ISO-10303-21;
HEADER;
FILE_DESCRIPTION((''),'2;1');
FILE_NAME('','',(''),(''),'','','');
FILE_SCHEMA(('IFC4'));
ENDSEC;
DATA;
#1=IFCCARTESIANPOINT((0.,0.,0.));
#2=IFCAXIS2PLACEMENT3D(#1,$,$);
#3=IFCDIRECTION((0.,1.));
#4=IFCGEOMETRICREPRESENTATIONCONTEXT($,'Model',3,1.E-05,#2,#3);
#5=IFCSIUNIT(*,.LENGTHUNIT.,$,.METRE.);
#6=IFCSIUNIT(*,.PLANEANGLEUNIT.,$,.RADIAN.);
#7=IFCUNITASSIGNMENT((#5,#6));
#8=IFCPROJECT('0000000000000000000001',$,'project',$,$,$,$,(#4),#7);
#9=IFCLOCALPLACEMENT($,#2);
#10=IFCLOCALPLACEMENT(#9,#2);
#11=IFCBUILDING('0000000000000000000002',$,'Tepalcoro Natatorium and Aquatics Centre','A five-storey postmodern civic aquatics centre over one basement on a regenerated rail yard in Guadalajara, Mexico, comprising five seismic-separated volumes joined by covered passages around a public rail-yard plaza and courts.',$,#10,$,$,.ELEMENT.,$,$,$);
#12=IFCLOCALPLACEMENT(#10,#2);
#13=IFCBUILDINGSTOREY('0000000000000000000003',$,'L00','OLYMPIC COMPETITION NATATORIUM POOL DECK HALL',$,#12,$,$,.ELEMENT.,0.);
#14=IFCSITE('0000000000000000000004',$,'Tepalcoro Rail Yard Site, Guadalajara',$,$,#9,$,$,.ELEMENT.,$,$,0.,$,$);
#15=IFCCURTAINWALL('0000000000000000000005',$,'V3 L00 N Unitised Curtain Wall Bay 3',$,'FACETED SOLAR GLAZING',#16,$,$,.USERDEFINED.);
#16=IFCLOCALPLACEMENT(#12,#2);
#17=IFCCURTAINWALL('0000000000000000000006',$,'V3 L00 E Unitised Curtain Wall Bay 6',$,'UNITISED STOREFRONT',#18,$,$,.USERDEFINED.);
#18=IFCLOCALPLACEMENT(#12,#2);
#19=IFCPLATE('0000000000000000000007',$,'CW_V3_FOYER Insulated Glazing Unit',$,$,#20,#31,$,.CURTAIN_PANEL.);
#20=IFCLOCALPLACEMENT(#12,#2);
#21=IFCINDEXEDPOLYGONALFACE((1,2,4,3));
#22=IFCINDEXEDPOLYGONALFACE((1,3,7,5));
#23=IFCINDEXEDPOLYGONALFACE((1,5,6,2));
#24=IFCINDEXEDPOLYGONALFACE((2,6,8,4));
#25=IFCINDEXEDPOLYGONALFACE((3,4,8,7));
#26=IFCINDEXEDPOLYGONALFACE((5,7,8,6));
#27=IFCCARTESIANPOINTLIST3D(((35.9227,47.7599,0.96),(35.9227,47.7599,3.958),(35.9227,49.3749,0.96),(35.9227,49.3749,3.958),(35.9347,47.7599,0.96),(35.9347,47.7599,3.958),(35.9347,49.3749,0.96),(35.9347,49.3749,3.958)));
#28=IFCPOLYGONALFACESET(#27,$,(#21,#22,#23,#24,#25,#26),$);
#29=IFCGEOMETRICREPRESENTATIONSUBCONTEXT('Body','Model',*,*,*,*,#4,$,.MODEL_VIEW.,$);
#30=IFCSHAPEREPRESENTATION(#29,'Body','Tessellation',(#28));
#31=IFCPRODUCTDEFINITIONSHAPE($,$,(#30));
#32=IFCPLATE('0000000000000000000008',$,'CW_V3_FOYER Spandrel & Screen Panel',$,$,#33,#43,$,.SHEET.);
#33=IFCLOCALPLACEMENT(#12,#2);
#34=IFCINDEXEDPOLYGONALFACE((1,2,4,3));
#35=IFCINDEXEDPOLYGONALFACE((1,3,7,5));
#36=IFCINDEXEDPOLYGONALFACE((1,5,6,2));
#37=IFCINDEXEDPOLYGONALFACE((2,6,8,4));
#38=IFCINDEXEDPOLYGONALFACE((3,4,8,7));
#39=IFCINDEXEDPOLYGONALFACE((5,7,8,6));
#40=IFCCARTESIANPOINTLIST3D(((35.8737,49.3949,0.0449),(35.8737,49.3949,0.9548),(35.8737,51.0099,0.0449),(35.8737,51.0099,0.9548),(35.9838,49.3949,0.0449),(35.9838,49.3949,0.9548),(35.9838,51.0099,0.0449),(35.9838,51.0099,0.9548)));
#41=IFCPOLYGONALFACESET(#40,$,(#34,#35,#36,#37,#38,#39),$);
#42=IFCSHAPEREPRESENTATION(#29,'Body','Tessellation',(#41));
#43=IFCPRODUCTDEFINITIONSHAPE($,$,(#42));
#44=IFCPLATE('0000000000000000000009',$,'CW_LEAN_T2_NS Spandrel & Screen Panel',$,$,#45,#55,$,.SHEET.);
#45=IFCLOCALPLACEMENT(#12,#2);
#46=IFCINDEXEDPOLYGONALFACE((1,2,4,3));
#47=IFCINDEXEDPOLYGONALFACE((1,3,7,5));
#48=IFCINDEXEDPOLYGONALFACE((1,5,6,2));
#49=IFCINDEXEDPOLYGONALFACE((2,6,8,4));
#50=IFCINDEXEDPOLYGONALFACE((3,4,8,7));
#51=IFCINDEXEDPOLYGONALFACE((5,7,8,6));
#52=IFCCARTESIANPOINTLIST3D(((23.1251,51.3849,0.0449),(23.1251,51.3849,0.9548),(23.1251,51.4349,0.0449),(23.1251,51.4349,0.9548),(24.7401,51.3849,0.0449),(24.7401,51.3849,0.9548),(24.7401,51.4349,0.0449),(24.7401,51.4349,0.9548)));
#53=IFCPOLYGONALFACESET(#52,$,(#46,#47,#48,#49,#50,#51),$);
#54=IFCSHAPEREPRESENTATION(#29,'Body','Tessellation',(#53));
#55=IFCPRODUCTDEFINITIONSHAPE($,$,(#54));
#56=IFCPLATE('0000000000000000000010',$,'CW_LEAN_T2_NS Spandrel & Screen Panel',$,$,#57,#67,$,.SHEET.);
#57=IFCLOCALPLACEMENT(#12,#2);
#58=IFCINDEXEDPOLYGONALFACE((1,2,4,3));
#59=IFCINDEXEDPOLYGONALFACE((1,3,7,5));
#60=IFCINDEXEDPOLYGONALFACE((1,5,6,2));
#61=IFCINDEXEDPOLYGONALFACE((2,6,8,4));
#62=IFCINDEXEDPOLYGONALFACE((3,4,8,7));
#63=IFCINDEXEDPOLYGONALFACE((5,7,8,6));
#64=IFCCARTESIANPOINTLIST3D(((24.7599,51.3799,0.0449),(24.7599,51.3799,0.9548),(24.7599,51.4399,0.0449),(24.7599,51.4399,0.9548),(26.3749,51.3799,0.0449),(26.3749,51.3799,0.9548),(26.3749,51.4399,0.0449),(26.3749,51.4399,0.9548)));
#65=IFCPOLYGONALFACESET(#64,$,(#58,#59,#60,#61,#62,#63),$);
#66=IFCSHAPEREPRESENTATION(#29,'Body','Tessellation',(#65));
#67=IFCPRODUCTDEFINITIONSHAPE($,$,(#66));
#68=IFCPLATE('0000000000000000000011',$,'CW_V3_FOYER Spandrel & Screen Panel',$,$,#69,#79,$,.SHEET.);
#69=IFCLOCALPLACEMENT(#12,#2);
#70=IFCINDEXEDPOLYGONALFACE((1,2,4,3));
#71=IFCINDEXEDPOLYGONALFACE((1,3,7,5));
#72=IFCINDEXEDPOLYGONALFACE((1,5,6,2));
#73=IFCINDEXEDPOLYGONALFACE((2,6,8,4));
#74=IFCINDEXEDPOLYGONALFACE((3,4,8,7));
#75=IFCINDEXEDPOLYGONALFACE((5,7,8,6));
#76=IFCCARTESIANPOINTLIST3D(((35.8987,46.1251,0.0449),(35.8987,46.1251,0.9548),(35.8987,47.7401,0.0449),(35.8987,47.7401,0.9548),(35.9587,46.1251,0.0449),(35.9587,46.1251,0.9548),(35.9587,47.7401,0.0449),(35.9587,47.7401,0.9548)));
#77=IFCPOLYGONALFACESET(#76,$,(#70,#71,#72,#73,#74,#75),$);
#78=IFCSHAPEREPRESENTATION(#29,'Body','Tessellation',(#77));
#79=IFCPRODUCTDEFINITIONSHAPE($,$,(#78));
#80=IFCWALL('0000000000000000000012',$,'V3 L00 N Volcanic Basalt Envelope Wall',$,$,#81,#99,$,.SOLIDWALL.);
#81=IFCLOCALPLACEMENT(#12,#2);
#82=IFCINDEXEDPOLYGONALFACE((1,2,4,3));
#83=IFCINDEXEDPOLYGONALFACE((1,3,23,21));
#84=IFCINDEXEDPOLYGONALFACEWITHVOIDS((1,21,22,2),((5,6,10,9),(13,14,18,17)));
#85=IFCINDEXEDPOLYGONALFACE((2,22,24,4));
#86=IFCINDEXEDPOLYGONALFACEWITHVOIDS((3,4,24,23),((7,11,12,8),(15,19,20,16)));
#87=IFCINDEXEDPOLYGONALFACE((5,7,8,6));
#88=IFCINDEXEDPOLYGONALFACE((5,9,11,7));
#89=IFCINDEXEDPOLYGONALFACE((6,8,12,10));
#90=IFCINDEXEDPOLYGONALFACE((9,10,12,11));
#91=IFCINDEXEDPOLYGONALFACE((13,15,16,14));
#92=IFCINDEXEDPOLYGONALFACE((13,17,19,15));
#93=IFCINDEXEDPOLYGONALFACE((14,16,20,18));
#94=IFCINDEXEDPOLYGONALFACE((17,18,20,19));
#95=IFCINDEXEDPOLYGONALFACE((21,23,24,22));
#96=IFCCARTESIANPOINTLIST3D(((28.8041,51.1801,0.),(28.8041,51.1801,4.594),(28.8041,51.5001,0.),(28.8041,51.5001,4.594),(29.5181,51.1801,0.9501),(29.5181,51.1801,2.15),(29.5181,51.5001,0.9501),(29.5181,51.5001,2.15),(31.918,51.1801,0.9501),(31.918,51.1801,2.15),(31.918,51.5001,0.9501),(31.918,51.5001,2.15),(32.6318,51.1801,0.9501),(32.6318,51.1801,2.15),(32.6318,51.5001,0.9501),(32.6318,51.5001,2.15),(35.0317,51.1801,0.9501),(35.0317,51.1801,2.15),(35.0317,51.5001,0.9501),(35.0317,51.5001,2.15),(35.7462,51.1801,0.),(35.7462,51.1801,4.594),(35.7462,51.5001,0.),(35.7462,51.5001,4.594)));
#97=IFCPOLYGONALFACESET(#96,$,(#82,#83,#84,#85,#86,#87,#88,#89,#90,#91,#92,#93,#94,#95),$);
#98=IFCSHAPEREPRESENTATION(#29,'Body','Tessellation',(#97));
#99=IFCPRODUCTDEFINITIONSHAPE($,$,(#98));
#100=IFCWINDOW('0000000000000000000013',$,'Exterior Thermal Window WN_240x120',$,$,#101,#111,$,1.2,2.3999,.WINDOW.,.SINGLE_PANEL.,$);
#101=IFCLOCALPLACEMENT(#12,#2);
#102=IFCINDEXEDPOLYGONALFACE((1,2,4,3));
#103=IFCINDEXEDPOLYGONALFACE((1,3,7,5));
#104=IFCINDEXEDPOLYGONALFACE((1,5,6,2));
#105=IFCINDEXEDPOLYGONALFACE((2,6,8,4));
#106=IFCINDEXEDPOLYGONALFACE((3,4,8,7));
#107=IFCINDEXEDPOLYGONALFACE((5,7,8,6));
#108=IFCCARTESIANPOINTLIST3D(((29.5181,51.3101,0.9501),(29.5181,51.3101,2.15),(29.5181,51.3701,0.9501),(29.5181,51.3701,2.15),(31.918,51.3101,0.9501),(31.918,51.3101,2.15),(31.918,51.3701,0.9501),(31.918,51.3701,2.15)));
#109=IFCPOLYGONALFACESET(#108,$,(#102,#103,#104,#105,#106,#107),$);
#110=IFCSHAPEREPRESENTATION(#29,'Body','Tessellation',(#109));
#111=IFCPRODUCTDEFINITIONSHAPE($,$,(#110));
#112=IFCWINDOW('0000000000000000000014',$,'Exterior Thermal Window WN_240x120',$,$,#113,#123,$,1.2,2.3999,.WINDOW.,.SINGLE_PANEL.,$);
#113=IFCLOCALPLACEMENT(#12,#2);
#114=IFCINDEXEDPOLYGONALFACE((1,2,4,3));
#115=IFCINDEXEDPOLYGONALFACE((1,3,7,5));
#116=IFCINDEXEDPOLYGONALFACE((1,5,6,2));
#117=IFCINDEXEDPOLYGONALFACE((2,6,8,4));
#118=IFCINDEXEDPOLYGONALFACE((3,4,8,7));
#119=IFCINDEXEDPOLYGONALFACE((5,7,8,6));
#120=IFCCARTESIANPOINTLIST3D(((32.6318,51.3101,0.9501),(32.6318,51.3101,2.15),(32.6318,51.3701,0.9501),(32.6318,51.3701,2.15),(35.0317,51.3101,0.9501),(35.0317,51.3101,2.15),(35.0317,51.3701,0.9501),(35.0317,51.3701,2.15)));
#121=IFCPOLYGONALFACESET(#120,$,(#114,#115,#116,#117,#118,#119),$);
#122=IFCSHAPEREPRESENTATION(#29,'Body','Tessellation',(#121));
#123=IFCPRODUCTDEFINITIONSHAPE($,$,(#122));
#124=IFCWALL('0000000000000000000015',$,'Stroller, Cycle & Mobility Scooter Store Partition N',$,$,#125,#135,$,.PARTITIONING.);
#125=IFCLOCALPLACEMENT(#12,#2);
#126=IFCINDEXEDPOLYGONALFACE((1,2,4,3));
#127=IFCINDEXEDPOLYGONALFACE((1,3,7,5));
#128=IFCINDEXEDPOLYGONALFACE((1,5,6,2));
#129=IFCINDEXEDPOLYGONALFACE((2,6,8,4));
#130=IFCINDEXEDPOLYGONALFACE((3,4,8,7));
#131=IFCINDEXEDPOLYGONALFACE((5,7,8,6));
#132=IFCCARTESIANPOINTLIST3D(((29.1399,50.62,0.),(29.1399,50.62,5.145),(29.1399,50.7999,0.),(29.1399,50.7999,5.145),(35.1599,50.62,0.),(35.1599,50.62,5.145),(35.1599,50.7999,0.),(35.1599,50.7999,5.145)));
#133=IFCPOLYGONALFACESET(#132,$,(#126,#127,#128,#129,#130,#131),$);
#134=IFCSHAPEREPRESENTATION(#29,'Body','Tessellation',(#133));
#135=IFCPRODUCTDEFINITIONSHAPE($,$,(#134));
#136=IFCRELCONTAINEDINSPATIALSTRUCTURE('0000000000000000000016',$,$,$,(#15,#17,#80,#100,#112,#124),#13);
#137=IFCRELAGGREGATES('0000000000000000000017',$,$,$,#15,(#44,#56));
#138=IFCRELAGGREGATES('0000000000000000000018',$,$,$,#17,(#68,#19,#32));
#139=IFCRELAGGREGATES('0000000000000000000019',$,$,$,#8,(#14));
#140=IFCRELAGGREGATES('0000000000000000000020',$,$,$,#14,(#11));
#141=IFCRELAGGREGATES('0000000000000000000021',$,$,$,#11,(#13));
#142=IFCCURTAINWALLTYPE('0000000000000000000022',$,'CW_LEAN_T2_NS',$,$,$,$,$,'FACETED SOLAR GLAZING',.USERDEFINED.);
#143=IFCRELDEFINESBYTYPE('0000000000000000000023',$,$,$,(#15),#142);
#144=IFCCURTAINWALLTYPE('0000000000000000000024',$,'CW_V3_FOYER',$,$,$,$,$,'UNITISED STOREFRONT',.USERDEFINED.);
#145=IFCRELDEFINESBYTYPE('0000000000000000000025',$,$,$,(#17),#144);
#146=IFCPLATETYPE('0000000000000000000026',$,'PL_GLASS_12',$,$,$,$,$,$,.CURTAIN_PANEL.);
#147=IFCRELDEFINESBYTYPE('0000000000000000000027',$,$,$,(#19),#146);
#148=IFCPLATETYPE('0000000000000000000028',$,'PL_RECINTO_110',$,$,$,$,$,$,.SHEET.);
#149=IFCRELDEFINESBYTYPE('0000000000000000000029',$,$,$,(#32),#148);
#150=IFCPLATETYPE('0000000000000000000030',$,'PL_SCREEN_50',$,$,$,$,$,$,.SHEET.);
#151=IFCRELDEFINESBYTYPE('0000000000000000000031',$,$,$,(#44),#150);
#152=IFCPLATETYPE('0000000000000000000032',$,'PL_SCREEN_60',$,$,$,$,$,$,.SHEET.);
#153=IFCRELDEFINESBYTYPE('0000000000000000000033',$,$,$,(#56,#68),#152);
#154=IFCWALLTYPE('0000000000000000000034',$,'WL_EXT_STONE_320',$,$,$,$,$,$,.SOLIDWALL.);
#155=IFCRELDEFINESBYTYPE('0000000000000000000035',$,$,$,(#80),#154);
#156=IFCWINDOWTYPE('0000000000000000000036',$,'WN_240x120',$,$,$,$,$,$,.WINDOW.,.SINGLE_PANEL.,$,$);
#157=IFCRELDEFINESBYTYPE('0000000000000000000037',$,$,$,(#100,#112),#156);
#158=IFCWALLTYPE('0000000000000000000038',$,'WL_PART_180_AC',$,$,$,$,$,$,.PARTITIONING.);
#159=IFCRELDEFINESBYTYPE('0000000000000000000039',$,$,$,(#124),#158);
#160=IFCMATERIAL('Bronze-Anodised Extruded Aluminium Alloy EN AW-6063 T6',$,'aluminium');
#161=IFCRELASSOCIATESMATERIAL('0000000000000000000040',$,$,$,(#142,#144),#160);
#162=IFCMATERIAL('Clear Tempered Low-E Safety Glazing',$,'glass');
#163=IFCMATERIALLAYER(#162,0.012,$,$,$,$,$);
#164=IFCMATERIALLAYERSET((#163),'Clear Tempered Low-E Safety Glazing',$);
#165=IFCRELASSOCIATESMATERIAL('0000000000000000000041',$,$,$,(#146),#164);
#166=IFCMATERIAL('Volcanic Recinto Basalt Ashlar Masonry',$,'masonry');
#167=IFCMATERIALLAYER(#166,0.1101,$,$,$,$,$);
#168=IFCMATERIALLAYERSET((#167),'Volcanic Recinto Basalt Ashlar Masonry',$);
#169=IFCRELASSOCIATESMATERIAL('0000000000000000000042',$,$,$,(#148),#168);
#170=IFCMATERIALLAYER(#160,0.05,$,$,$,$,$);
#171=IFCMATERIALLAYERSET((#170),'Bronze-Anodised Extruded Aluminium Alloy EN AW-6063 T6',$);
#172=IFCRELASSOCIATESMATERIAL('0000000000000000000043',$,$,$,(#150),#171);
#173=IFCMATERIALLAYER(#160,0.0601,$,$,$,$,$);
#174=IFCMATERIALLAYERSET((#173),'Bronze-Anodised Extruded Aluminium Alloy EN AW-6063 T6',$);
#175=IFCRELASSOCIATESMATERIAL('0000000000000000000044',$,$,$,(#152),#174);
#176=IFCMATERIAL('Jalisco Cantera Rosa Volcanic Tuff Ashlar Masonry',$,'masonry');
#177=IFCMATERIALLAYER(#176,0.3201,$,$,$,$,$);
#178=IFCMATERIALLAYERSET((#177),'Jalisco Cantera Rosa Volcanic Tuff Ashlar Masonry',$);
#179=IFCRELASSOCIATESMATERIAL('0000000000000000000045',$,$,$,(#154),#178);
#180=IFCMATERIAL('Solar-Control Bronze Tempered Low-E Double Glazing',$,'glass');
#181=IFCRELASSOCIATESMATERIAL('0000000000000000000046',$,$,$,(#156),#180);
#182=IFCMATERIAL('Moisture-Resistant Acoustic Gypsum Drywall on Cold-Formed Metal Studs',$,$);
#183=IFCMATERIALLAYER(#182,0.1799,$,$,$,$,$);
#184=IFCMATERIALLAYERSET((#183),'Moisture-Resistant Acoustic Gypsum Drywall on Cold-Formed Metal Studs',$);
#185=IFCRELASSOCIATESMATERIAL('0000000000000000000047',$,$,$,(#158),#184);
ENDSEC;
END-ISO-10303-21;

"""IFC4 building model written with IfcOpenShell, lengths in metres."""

from ifc_helpers import new_model, si_unit, direction, frame, frame_2d, origin, origin_2d, place, context, subcontext, project, spatial, rectangle, extrude, material, layer, layer_set, type_object, element, fill, aggregate, save


model = new_model("IFC4")

# Units and contexts
model_context = context("Model", 3, precision=1e-05, world=origin(), true_north=direction((0.0, 1.0)))
body_context = subcontext(model_context, "Body", "Model", "MODEL_VIEW")
ifc_project = project(units=[si_unit("LENGTHUNIT", "METRE"), si_unit("PLANEANGLEUNIT", "RADIAN")], contexts=[model_context])

# Site, building, storey
site_placement = place(None, origin())
site = spatial("IfcSite", under=ifc_project, at=site_placement, Name="Tepalcoro Rail Yard Site, Guadalajara", CompositionType="ELEMENT", RefElevation=0.0)
building_placement = place(site_placement, origin())
building = spatial("IfcBuilding", under=site, at=building_placement, Name="Tepalcoro Natatorium and Aquatics Centre", Description="A five-storey postmodern civic aquatics centre over one basement on a regenerated rail yard in Guadalajara, Mexico, comprising five seismic-separated volumes joined by covered passages around a public rail-yard plaza and courts.", CompositionType="ELEMENT")
storey_placement = place(building_placement, origin())
storey = spatial("IfcBuildingStorey", under=building, at=storey_placement, Name="L00", Description="OLYMPIC COMPETITION NATATORIUM POOL DECK HALL", CompositionType="ELEMENT", Elevation=0.0)

# Curtain walls
ifc_material_1 = material(Name="Bronze-Anodised Extruded Aluminium Alloy EN AW-6063 T6", Category="aluminium")
curtain_wall_type_1 = type_object("IfcCurtainWallType", Name="CW_LEAN_T2_NS", ElementType="FACETED SOLAR GLAZING", PredefinedType="USERDEFINED", material=ifc_material_1)
curtain_wall_1_placement = place(storey_placement, origin())
curtain_wall_1 = element("IfcCurtainWall", 1, at=curtain_wall_1_placement, inside=storey, type_object=curtain_wall_type_1, Name="V3 L00 N Unitised Curtain Wall Bay 3", ObjectType="FACETED SOLAR GLAZING", PredefinedType="USERDEFINED")
curtain_wall_type_2 = type_object("IfcCurtainWallType", Name="CW_V3_FOYER", ElementType="UNITISED STOREFRONT", PredefinedType="USERDEFINED", material=ifc_material_1)
curtain_wall_2_placement = place(storey_placement, origin())
curtain_wall_2 = element("IfcCurtainWall", 2, at=curtain_wall_2_placement, inside=storey, type_object=curtain_wall_type_2, Name="V3 L00 E Unitised Curtain Wall Bay 6", ObjectType="UNITISED STOREFRONT", PredefinedType="USERDEFINED")

# Plates
ifc_material_2 = material(Name="Solar-Control Bronze Tempered Low-E Double Glazing", Category="glass")
ifc_material_3 = material(Name="Jalisco Cantera Rosa Volcanic Tuff Ashlar Masonry", Category="masonry")
ifc_material_4 = material(Name="Clear Tempered Low-E Safety Glazing", Category="glass")
ifc_layer_1 = layer(ifc_material_4, 0.012)
ifc_layer_set_1 = layer_set([ifc_layer_1], Name="Clear Tempered Low-E Safety Glazing")
plate_type_1 = type_object("IfcPlateType", Name="PL_GLASS_12", PredefinedType="CURTAIN_PANEL", material=ifc_layer_set_1)
plate_1_placement = place(storey_placement, frame((35.9287, 48.5674, 0.96), z_axis=(0.0, 0.0, 1.0), x_axis=(1.0, 0.0, 0.0)))
plate_1 = element("IfcPlate", 3, at=plate_1_placement, type_object=plate_type_1, Name="CW_V3_FOYER Insulated Glazing Unit", PredefinedType="CURTAIN_PANEL", context=body_context, shape_type="SweptSolid", body=[
    extrude(rectangle(XDim=0.012, YDim=1.615, at=origin_2d()), origin(), (0.0, 0.0, 1.0), 2.998),
])
ifc_material_5 = material(Name="Volcanic Recinto Basalt Ashlar Masonry", Category="masonry")
ifc_layer_2 = layer(ifc_material_5, 0.1101)
ifc_layer_set_2 = layer_set([ifc_layer_2], Name="Volcanic Recinto Basalt Ashlar Masonry")
plate_type_2 = type_object("IfcPlateType", Name="PL_RECINTO_110", PredefinedType="SHEET", material=ifc_layer_set_2)
plate_2_placement = place(storey_placement, frame((35.9287, 50.2024, 0.0449), z_axis=(0.0, 0.0, 1.0), x_axis=(1.0, 0.0, 0.0)))
plate_2 = element("IfcPlate", 4, at=plate_2_placement, type_object=plate_type_2, Name="CW_V3_FOYER Spandrel & Screen Panel", PredefinedType="SHEET", context=body_context, shape_type="SweptSolid", body=[
    extrude(rectangle(XDim=0.1101, YDim=1.615, at=origin_2d()), origin(), (0.0, 0.0, 1.0), 0.9099),
])
ifc_layer_3 = layer(ifc_material_1, 0.05)
ifc_layer_set_3 = layer_set([ifc_layer_3], Name="Bronze-Anodised Extruded Aluminium Alloy EN AW-6063 T6")
plate_type_3 = type_object("IfcPlateType", Name="PL_SCREEN_50", PredefinedType="SHEET", material=ifc_layer_set_3)
plate_3_placement = place(storey_placement, frame((23.9326, 51.4099, 0.0449), z_axis=(0.0, 0.0, 1.0), x_axis=(1.0, 0.0, 0.0)))
plate_3 = element("IfcPlate", 5, at=plate_3_placement, type_object=plate_type_3, Name="CW_LEAN_T2_NS Spandrel & Screen Panel", PredefinedType="SHEET", context=body_context, shape_type="SweptSolid", body=[
    extrude(rectangle(XDim=1.615, YDim=0.05, at=origin_2d()), origin(), (0.0, 0.0, 1.0), 0.9099),
])
ifc_layer_4 = layer(ifc_material_1, 0.0601)
ifc_layer_set_4 = layer_set([ifc_layer_4], Name="Bronze-Anodised Extruded Aluminium Alloy EN AW-6063 T6")
plate_type_4 = type_object("IfcPlateType", Name="PL_SCREEN_60", PredefinedType="SHEET", material=ifc_layer_set_4)
plate_4_placement = place(storey_placement, frame((25.5674, 51.4099, 0.0449), z_axis=(0.0, 0.0, 1.0), x_axis=(1.0, 0.0, 0.0)))
plate_4 = element("IfcPlate", 6, at=plate_4_placement, type_object=plate_type_4, Name="CW_LEAN_T2_NS Spandrel & Screen Panel", PredefinedType="SHEET", context=body_context, shape_type="SweptSolid", body=[
    extrude(rectangle(XDim=1.615, YDim=0.0601, at=origin_2d()), origin(), (0.0, 0.0, 1.0), 0.9099),
])
aggregate(curtain_wall_1, [plate_3, plate_4])
plate_5_placement = place(storey_placement, frame((35.9287, 46.9326, 0.0449), z_axis=(0.0, 0.0, 1.0), x_axis=(1.0, 0.0, 0.0)))
plate_5 = element("IfcPlate", 7, at=plate_5_placement, type_object=plate_type_4, Name="CW_V3_FOYER Spandrel & Screen Panel", PredefinedType="SHEET", context=body_context, shape_type="SweptSolid", body=[
    extrude(rectangle(XDim=0.0601, YDim=1.615, at=origin_2d()), origin(), (0.0, 0.0, 1.0), 0.9099),
])
aggregate(curtain_wall_2, [plate_5, plate_1, plate_2])

# Wall, openings, windows
ifc_layer_5 = layer(ifc_material_3, 0.3201)
ifc_layer_set_5 = layer_set([ifc_layer_5], Name="Jalisco Cantera Rosa Volcanic Tuff Ashlar Masonry")
wall_type_1 = type_object("IfcWallType", Name="WL_EXT_STONE_320", PredefinedType="SOLIDWALL", material=ifc_layer_set_5)
wall_1_placement = place(storey_placement, frame((28.804, 51.3401, 0.0), z_axis=(0.0, 0.0, 1.0), x_axis=(1.0, 0.0, 0.0)))
wall_1 = element("IfcWall", 8, at=wall_1_placement, inside=storey, type_object=wall_type_1, Name="V3 L00 N Volcanic Basalt Envelope Wall", PredefinedType="SOLIDWALL", context=body_context, shape_type="SweptSolid", body=[
    extrude(rectangle(XDim=6.9421, YDim=0.3201, at=frame_2d((3.4712, 0.0))), origin(), (0.0, 0.0, 1.0), 4.594),
])
opening_1_placement = place(wall_1_placement, frame((0.7141, 0.0, 0.95)))
opening_1 = element("IfcOpeningElement", 9, at=opening_1_placement, cuts=wall_1, PredefinedType="OPENING", context=body_context, shape_type="SweptSolid", body=[
    extrude(rectangle(XDim=2.3999, YDim=1.2, at=frame_2d((1.2, 0.6001))), frame((0.0, 0.1719, 0.0), z_axis=(0.0, -1.0, 0.0), x_axis=(1.0, 0.0, 0.0)), (0.0, 0.0, 1.0), 0.344),
])
opening_2_placement = place(wall_1_placement, frame((3.8279, 0.0, 0.95)))
opening_2 = element("IfcOpeningElement", 10, at=opening_2_placement, cuts=wall_1, PredefinedType="OPENING", context=body_context, shape_type="SweptSolid", body=[
    extrude(rectangle(XDim=2.3999, YDim=1.2, at=frame_2d((1.2, 0.6001))), frame((0.0, 0.1719, 0.0), z_axis=(0.0, -1.0, 0.0), x_axis=(1.0, 0.0, 0.0)), (0.0, 0.0, 1.0), 0.344),
])
window_type = type_object("IfcWindowType", Name="WN_240x120", PartitioningType="SINGLE_PANEL", PredefinedType="WINDOW", material=ifc_material_2)
window_1_placement = place(opening_1_placement, origin())
window_1 = element("IfcWindow", 11, at=window_1_placement, inside=storey, type_object=window_type, Name="Exterior Thermal Window WN_240x120", OverallHeight=1.2, OverallWidth=2.3999, PartitioningType="SINGLE_PANEL", PredefinedType="WINDOW", context=body_context, shape_type="SweptSolid", body=[
    extrude(rectangle(XDim=2.3999, YDim=1.2, at=frame_2d((1.2, 0.6001))), frame((0.0, 0.03, 0.0), z_axis=(0.0, -1.0, 0.0), x_axis=(1.0, 0.0, 0.0)), (0.0, 0.0, 1.0), 0.0601),
])
fill(opening_1, window_1)
window_2_placement = place(opening_2_placement, origin())
window_2 = element("IfcWindow", 12, at=window_2_placement, inside=storey, type_object=window_type, Name="Exterior Thermal Window WN_240x120", OverallHeight=1.2, OverallWidth=2.3999, PartitioningType="SINGLE_PANEL", PredefinedType="WINDOW", context=body_context, shape_type="SweptSolid", body=[
    extrude(rectangle(XDim=2.3999, YDim=1.2, at=frame_2d((1.2, 0.6001))), frame((0.0, 0.03, 0.0), z_axis=(0.0, -1.0, 0.0), x_axis=(1.0, 0.0, 0.0)), (0.0, 0.0, 1.0), 0.0601),
])
fill(opening_2, window_2)

# Wall
ifc_material_6 = material(Name="Moisture-Resistant Acoustic Gypsum Drywall on Cold-Formed Metal Studs")
ifc_layer_6 = layer(ifc_material_6, 0.1799)
ifc_layer_set_6 = layer_set([ifc_layer_6], Name="Moisture-Resistant Acoustic Gypsum Drywall on Cold-Formed Metal Studs")
wall_type_2 = type_object("IfcWallType", Name="WL_PART_180_AC", PredefinedType="PARTITIONING", material=ifc_layer_set_6)
wall_2_placement = place(storey_placement, frame((29.1399, 50.71, 0.0), z_axis=(0.0, 0.0, 1.0), x_axis=(1.0, 0.0, 0.0)))
element("IfcWall", 13, at=wall_2_placement, inside=storey, type_object=wall_type_2, Name="Stroller, Cycle & Mobility Scooter Store Partition N", PredefinedType="PARTITIONING", context=body_context, shape_type="SweptSolid", body=[
    extrude(rectangle(XDim=6.02, YDim=0.1799, at=frame_2d((3.01, 0.0))), origin(), (0.0, 0.0, 1.0), 5.145),
])

save(model, "model.ifc")
